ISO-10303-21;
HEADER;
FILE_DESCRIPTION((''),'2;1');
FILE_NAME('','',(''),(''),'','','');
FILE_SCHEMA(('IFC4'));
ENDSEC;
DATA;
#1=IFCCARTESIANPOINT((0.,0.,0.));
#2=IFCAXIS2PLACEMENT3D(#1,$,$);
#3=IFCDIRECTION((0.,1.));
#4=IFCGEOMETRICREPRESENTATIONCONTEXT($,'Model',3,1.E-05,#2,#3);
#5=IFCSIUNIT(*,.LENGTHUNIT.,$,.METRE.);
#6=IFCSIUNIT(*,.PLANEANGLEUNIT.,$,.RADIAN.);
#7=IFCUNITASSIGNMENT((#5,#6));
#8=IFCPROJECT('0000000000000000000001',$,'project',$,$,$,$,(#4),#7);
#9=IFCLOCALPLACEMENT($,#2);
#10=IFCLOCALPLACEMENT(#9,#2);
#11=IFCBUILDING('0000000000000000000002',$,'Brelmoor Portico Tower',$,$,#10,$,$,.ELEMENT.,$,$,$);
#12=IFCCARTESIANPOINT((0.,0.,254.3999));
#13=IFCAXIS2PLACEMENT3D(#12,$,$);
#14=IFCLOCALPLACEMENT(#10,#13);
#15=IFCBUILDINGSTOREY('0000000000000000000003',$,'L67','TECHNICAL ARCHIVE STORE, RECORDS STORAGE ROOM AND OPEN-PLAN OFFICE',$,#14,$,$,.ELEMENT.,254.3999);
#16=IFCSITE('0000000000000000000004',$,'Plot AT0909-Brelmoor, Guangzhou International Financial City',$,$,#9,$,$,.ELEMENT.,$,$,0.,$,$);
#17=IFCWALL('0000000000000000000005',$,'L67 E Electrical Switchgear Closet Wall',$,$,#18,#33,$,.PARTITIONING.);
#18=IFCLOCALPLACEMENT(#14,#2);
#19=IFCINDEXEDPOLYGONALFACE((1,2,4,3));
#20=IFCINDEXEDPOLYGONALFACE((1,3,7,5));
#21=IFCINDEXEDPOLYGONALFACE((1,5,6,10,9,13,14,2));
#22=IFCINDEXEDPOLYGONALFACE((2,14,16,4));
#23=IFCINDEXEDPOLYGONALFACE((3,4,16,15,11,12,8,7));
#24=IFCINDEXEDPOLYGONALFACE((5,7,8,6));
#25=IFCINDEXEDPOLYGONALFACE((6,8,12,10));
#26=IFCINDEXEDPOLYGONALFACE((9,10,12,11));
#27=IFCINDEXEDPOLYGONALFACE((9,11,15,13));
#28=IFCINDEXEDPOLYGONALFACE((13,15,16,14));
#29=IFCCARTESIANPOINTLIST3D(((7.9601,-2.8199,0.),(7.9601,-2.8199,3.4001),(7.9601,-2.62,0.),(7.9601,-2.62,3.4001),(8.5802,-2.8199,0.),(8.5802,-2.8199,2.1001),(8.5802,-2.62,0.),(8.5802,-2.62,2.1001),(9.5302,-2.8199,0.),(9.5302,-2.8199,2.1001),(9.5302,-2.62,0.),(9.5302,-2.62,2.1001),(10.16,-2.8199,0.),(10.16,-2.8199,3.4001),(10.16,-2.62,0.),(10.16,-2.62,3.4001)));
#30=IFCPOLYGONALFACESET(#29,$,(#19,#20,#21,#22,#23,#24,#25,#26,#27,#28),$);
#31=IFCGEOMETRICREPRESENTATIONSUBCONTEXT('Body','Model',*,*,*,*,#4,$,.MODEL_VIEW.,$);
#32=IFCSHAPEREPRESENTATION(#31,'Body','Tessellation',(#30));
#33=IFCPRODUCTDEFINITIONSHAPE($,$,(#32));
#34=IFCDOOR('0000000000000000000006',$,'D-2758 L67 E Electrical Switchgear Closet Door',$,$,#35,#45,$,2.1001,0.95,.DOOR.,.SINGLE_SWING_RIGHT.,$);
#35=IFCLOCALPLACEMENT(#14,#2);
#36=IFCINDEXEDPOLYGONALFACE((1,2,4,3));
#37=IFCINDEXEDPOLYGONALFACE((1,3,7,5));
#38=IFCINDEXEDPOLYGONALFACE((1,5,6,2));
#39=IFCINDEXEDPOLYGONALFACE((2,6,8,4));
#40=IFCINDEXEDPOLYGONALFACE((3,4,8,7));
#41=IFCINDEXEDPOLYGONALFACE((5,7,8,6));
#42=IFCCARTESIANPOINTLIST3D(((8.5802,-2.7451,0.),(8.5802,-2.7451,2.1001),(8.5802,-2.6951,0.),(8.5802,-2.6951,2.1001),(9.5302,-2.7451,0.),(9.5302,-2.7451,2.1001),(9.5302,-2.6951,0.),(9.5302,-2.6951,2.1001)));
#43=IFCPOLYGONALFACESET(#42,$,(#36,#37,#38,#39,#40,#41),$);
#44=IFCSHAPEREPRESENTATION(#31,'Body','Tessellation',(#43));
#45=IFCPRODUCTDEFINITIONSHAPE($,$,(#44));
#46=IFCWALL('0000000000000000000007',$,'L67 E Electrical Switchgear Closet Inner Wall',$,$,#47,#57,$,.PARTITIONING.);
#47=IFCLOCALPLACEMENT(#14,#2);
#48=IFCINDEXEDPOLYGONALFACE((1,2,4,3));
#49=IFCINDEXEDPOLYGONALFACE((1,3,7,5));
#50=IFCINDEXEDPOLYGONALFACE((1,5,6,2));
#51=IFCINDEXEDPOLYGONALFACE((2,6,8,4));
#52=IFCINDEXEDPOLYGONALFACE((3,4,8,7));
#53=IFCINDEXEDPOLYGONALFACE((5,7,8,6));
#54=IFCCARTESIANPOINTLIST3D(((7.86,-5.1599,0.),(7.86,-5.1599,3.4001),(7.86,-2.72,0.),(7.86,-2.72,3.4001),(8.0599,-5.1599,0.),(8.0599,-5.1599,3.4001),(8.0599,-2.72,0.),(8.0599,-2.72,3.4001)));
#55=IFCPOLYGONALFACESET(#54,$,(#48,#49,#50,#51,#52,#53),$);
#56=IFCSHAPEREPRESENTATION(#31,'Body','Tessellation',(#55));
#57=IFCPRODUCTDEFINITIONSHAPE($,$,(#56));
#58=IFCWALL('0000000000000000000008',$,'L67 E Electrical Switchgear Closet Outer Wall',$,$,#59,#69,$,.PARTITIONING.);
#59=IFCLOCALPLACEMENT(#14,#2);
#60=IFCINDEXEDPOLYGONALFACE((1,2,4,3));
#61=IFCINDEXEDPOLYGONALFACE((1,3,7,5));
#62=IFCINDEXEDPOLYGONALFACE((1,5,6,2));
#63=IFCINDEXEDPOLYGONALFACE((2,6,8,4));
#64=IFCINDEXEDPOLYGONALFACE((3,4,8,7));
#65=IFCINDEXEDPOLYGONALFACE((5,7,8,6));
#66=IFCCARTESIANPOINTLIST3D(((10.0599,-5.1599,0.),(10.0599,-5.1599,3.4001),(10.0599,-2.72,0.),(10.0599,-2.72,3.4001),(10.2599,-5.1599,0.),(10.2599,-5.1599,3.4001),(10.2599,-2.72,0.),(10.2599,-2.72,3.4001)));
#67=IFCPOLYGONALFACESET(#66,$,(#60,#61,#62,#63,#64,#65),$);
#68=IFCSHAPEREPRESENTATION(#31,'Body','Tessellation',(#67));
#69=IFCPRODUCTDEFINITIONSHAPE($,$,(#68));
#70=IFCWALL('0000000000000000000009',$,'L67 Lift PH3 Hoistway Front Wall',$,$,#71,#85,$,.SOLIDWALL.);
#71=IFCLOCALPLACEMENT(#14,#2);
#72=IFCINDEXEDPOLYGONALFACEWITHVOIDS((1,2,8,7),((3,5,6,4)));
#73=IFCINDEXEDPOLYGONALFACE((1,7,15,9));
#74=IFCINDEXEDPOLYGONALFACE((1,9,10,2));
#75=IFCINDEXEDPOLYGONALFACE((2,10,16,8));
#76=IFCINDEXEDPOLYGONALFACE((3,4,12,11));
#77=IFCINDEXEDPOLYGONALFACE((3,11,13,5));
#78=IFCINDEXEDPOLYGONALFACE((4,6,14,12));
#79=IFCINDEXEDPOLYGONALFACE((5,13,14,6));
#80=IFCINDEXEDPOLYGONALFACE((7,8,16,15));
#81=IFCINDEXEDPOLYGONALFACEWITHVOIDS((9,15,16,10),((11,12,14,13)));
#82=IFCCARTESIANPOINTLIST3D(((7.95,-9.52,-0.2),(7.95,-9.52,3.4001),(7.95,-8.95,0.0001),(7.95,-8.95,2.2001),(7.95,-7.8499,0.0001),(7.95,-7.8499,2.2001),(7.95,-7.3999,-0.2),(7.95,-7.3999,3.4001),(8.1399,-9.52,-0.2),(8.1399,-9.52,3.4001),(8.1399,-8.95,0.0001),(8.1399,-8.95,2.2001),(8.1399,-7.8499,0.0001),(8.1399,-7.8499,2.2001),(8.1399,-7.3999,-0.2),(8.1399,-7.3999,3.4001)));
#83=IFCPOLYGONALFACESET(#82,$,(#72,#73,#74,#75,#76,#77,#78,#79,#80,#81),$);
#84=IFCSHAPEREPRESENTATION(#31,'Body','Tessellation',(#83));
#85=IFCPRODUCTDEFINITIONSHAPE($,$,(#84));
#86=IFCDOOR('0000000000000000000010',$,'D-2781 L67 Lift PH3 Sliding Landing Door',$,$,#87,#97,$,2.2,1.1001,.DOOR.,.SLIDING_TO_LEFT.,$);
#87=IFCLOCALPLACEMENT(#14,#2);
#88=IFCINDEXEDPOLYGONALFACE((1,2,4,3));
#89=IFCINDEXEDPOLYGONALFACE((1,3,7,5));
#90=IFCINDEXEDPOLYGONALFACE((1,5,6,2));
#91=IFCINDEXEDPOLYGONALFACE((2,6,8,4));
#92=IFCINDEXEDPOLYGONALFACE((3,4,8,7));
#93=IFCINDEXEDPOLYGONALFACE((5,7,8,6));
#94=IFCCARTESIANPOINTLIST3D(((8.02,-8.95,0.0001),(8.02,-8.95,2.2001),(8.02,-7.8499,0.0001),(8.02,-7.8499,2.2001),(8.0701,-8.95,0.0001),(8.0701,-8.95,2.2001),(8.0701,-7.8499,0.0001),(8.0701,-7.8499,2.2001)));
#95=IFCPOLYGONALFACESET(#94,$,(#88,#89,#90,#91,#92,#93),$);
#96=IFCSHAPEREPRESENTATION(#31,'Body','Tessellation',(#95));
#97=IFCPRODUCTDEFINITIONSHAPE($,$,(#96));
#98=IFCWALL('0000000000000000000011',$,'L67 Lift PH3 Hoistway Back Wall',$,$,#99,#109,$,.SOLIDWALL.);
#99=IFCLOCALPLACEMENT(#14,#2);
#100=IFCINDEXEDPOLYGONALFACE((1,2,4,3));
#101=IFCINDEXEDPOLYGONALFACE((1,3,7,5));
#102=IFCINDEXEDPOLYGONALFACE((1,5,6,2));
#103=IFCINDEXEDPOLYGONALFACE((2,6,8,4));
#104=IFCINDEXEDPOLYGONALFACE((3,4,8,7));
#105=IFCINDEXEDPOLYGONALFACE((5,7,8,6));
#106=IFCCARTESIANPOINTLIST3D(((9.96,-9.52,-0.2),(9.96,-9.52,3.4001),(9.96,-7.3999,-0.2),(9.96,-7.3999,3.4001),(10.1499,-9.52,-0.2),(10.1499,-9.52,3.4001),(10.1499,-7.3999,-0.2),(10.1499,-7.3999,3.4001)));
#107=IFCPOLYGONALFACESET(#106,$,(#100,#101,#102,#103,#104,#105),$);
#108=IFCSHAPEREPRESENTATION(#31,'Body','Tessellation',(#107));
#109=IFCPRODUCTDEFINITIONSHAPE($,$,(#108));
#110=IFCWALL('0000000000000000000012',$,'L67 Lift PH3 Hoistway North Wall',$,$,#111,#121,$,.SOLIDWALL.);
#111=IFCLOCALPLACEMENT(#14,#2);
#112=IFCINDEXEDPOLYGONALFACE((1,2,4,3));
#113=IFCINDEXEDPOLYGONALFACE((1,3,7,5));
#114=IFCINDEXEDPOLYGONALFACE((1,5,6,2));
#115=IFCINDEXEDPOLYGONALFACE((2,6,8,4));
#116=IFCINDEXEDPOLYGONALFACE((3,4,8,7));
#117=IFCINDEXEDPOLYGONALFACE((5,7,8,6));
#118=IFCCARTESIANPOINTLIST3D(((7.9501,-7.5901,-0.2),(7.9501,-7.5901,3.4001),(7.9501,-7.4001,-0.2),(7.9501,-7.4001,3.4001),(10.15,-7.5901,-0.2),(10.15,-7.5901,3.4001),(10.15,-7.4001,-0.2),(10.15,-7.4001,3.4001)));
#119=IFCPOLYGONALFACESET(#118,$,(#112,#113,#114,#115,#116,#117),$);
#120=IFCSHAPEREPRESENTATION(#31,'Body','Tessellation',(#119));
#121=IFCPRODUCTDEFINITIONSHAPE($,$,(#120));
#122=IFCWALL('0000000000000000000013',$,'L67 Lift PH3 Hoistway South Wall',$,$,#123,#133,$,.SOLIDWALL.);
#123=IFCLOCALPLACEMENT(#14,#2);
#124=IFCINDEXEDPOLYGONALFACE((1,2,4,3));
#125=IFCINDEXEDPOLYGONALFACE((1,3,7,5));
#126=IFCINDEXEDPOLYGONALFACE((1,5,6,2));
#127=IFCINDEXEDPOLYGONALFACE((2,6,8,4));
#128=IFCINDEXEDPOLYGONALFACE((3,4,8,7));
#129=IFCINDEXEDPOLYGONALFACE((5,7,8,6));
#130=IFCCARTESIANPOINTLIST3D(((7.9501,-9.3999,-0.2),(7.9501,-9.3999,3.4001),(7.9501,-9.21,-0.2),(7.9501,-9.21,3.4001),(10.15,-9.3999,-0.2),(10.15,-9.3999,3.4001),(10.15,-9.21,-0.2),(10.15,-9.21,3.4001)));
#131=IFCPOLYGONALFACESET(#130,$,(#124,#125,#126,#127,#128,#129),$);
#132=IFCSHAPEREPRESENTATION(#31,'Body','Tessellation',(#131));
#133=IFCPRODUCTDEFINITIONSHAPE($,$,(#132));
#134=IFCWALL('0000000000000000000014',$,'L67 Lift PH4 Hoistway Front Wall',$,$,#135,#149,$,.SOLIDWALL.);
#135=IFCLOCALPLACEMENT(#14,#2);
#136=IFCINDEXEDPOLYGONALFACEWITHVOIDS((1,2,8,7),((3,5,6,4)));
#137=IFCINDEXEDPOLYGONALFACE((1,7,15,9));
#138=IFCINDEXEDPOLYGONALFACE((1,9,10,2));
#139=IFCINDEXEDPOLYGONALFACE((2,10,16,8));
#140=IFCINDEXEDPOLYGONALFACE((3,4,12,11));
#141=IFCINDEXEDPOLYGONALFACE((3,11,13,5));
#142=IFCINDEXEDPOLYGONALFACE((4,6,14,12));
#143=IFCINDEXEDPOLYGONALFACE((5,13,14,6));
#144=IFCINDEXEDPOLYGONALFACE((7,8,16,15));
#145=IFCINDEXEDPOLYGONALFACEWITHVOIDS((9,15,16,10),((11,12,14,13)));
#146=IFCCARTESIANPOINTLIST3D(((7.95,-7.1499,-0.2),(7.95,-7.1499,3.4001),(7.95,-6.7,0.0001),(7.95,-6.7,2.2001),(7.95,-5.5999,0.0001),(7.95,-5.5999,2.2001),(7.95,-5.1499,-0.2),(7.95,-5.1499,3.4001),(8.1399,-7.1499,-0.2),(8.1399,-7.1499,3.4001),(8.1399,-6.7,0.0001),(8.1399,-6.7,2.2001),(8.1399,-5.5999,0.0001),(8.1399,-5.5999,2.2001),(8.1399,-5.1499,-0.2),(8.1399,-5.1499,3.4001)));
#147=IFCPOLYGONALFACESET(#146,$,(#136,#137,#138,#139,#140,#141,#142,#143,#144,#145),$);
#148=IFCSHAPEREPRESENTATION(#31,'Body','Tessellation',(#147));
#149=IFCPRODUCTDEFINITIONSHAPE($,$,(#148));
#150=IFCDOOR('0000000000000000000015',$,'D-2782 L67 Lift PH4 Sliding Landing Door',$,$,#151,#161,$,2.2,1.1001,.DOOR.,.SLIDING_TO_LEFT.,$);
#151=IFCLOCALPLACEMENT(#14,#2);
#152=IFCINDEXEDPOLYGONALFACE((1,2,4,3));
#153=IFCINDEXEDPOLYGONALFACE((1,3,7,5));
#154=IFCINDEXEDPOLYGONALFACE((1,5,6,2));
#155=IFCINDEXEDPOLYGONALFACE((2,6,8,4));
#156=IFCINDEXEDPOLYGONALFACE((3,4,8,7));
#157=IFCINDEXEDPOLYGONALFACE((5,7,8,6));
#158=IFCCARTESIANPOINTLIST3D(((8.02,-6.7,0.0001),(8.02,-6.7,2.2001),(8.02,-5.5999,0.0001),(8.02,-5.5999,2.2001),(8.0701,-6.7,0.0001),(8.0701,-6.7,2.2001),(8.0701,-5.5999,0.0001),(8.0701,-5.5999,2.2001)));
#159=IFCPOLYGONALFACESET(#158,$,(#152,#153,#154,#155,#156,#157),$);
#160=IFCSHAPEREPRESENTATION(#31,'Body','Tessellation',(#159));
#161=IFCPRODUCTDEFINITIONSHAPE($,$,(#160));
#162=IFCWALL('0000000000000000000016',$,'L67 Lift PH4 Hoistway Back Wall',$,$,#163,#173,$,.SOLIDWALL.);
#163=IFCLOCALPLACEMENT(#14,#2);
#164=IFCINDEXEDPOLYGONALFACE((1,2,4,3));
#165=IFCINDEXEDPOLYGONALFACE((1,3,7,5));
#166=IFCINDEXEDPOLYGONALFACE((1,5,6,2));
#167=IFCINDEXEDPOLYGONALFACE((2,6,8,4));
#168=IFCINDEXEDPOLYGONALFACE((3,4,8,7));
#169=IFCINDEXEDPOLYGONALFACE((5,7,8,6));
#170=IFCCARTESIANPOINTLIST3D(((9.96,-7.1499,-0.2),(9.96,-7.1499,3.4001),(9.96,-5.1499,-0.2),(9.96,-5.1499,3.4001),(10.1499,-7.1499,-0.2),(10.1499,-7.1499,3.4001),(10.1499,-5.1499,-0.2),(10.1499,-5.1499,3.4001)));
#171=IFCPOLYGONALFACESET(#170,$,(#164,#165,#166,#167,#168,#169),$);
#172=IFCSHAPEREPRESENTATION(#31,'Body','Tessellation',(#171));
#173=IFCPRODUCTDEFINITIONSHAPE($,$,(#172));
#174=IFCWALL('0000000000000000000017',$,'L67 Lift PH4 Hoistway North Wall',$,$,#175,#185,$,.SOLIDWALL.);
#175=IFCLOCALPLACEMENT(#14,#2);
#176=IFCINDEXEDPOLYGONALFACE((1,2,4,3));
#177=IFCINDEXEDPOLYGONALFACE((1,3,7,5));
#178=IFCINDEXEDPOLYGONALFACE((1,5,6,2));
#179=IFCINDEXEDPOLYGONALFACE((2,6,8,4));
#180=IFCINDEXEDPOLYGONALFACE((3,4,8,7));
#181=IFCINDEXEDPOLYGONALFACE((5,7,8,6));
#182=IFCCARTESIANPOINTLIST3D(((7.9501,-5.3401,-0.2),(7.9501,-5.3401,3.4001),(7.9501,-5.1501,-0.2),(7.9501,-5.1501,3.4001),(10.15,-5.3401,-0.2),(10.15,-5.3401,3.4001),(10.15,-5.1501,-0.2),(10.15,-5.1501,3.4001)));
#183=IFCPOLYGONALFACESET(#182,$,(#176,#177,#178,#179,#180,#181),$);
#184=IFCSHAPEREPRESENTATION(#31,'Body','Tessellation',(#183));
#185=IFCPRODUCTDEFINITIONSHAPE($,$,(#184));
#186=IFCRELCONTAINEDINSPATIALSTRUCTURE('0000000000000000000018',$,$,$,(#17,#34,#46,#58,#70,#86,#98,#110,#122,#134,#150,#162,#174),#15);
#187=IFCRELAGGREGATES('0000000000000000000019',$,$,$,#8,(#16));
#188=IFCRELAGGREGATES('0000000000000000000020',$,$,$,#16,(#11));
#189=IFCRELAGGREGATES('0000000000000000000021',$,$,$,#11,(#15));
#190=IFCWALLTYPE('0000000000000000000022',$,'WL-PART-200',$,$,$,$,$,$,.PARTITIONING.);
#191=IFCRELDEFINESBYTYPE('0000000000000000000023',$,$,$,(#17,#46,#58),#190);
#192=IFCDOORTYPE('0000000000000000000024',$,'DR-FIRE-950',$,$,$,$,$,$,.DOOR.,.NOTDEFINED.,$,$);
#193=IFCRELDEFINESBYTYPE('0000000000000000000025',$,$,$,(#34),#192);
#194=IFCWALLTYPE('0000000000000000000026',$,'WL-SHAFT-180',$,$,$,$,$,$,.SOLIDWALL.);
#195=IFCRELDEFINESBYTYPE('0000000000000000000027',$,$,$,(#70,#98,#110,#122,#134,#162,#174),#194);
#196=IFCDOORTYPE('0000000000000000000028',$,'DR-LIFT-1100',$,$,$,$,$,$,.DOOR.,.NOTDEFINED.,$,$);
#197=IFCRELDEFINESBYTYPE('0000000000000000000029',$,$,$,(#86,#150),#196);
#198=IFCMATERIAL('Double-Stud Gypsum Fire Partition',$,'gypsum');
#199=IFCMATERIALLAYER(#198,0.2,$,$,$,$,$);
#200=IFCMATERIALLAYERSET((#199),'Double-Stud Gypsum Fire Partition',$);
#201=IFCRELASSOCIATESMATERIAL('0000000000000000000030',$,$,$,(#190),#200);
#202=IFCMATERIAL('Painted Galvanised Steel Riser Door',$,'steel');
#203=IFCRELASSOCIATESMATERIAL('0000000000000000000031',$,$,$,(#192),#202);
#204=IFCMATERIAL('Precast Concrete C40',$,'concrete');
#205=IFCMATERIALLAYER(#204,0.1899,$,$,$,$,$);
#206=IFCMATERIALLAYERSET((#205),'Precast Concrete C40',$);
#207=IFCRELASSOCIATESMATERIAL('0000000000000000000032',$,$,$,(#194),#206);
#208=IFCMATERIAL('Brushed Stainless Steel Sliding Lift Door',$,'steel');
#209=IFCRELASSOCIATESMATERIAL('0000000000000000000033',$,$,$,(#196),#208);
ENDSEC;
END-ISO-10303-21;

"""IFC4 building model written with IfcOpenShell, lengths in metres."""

from ifc_helpers import new_model, si_unit, direction, frame, frame_2d, origin, place, context, subcontext, project, spatial, rectangle, extrude, material, layer, layer_set, type_object, element, fill, save


model = new_model("IFC4")

# Units and contexts
model_context = context("Model", 3, precision=1e-05, world=origin(), true_north=direction((0.0, 1.0)))
body_context = subcontext(model_context, "Body", "Model", "MODEL_VIEW")
ifc_project = project(units=[si_unit("LENGTHUNIT", "METRE"), si_unit("PLANEANGLEUNIT", "RADIAN")], contexts=[model_context])

# Site, building, storey
site_placement = place(None, origin())
site = spatial("IfcSite", under=ifc_project, at=site_placement, Name="Plot AT0909-Brelmoor, Guangzhou International Financial City", CompositionType="ELEMENT", RefElevation=0.0)
building_placement = place(site_placement, origin())
building = spatial("IfcBuilding", under=site, at=building_placement, Name="Brelmoor Portico Tower", CompositionType="ELEMENT")
storey_placement = place(building_placement, frame((0.0, 0.0, 254.3999)))
storey = spatial("IfcBuildingStorey", under=building, at=storey_placement, Name="L67", Description="TECHNICAL ARCHIVE STORE, RECORDS STORAGE ROOM AND OPEN-PLAN OFFICE", CompositionType="ELEMENT", Elevation=254.3999)

# Shared definitions
ifc_material_1 = material(Name="Double-Stud Gypsum Fire Partition", Category="gypsum")
ifc_layer_1 = layer(ifc_material_1, 0.2)
ifc_layer_set_1 = layer_set([ifc_layer_1], Name="Double-Stud Gypsum Fire Partition")
wall_type_1 = type_object("IfcWallType", Name="WL-PART-200", PredefinedType="PARTITIONING", material=ifc_layer_set_1)

# Wall, opening, door
wall_1_placement = place(storey_placement, frame((7.96, -2.72, 0.0), z_axis=(0.0, 0.0, 1.0), x_axis=(1.0, 0.0, 0.0)))
wall_1 = element("IfcWall", 1, at=wall_1_placement, inside=storey, type_object=wall_type_1, Name="L67 E Electrical Switchgear Closet Wall", PredefinedType="PARTITIONING", context=body_context, shape_type="SweptSolid", body=[
    extrude(rectangle(XDim=2.2, YDim=0.2, at=frame_2d((1.1001, 0.0))), origin(), (0.0, 0.0, 1.0), 3.4001),
])
opening_1_placement = place(wall_1_placement, frame((0.6201, 0.0, 0.0)))
opening_1 = element("IfcOpeningElement", 2, at=opening_1_placement, cuts=wall_1, PredefinedType="OPENING", context=body_context, shape_type="SweptSolid", body=[
    extrude(rectangle(XDim=0.95, YDim=2.1001, at=frame_2d((0.4751, 1.05))), frame((0.0, 0.1099, 0.0), z_axis=(0.0, -1.0, 0.0), x_axis=(1.0, 0.0, 0.0)), (0.0, 0.0, 1.0), 0.22),
])
ifc_material_2 = material(Name="Painted Galvanised Steel Riser Door", Category="steel")
door_type_1 = type_object("IfcDoorType", Name="DR-FIRE-950", OperationType="NOTDEFINED", PredefinedType="DOOR", material=ifc_material_2)
door_1_placement = place(opening_1_placement, origin())
door_1 = element("IfcDoor", 3, at=door_1_placement, inside=storey, type_object=door_type_1, Name="D-2758 L67 E Electrical Switchgear Closet Door", OperationType="SINGLE_SWING_RIGHT", OverallHeight=2.1001, OverallWidth=0.95, PredefinedType="DOOR", context=body_context, shape_type="SweptSolid", body=[
    extrude(rectangle(XDim=0.95, YDim=2.1001, at=frame_2d((0.4751, 1.05))), frame((0.0, 0.0249, 0.0), z_axis=(0.0, -1.0, 0.0), x_axis=(1.0, 0.0, 0.0)), (0.0, 0.0, 1.0), 0.05),
])
fill(opening_1, door_1)

# Walls
for number, where, z_axis, x_axis, name in (
    (4, (7.96, -5.1599, 0.0), (0.0, 0.0, 1.0), (0.0, 1.0, 0.0), "L67 E Electrical Switchgear Closet Inner Wall"),
    (5, (10.1599, -5.1599, 0.0), (0.0, 0.0, 1.0), (0.0, 1.0, 0.0), "L67 E Electrical Switchgear Closet Outer Wall"),
):
    element("IfcWall", number, at=place(storey_placement, frame(where, z_axis=z_axis, x_axis=x_axis)), inside=storey, type_object=wall_type_1, Name=name, PredefinedType="PARTITIONING", context=body_context, shape_type="SweptSolid", body=[
        extrude(rectangle(XDim=2.4399, YDim=0.2, at=frame_2d((1.22, 0.0))), origin(), (0.0, 0.0, 1.0), 3.4001),
    ])

# Wall, opening, door
ifc_material_3 = material(Name="Precast Concrete C40", Category="concrete")
ifc_layer_2 = layer(ifc_material_3, 0.1899)
ifc_layer_set_2 = layer_set([ifc_layer_2], Name="Precast Concrete C40")
wall_type_2 = type_object("IfcWallType", Name="WL-SHAFT-180", PredefinedType="SOLIDWALL", material=ifc_layer_set_2)
wall_2_placement = place(storey_placement, frame((8.0449, -9.52, -0.2), z_axis=(0.0, 0.0, 1.0), x_axis=(0.0, 1.0, 0.0)))
wall_2 = element("IfcWall", 6, at=wall_2_placement, inside=storey, type_object=wall_type_2, Name="L67 Lift PH3 Hoistway Front Wall", PredefinedType="SOLIDWALL", context=body_context, shape_type="SweptSolid", body=[
    extrude(rectangle(XDim=2.1201, YDim=0.1899, at=frame_2d((1.0601, 0.0))), origin(), (0.0, 0.0, 1.0), 3.6001),
])
opening_2_placement = place(wall_2_placement, frame((0.5701, 0.0, 0.2)))
opening_2 = element("IfcOpeningElement", 7, at=opening_2_placement, cuts=wall_2, PredefinedType="OPENING", context=body_context, shape_type="SweptSolid", body=[
    extrude(rectangle(XDim=1.1001, YDim=2.2, at=frame_2d((0.55, 1.1001))), frame((0.0, 0.105, 0.0), z_axis=(0.0, -1.0, 0.0), x_axis=(1.0, 0.0, 0.0)), (0.0, 0.0, 1.0), 0.21),
])
ifc_material_4 = material(Name="Brushed Stainless Steel Sliding Lift Door", Category="steel")
door_type_2 = type_object("IfcDoorType", Name="DR-LIFT-1100", OperationType="NOTDEFINED", PredefinedType="DOOR", material=ifc_material_4)
door_2_placement = place(opening_2_placement, origin())
door_2 = element("IfcDoor", 8, at=door_2_placement, inside=storey, type_object=door_type_2, Name="D-2781 L67 Lift PH3 Sliding Landing Door", OperationType="SLIDING_TO_LEFT", OverallHeight=2.2, OverallWidth=1.1001, PredefinedType="DOOR", context=body_context, shape_type="SweptSolid", body=[
    extrude(rectangle(XDim=1.1001, YDim=2.2, at=frame_2d((0.55, 1.1001))), frame((0.0, 0.0249, 0.0), z_axis=(0.0, -1.0, 0.0), x_axis=(1.0, 0.0, 0.0)), (0.0, 0.0, 1.0), 0.05),
])
fill(opening_2, door_2)

# Walls
wall_3_placement = place(storey_placement, frame((10.0549, -9.52, -0.2), z_axis=(0.0, 0.0, 1.0), x_axis=(0.0, 1.0, 0.0)))
element("IfcWall", 9, at=wall_3_placement, inside=storey, type_object=wall_type_2, Name="L67 Lift PH3 Hoistway Back Wall", PredefinedType="SOLIDWALL", context=body_context, shape_type="SweptSolid", body=[
    extrude(rectangle(XDim=2.1201, YDim=0.1899, at=frame_2d((1.0601, 0.0))), origin(), (0.0, 0.0, 1.0), 3.6001),
])
for number, where, z_axis, x_axis, name in (
    (10, (7.95, -7.4951, -0.2), (0.0, 0.0, 1.0), (1.0, 0.0, 0.0), "L67 Lift PH3 Hoistway North Wall"),
    (11, (7.95, -9.3049, -0.2), (0.0, 0.0, 1.0), (1.0, 0.0, 0.0), "L67 Lift PH3 Hoistway South Wall"),
):
    element("IfcWall", number, at=place(storey_placement, frame(where, z_axis=z_axis, x_axis=x_axis)), inside=storey, type_object=wall_type_2, Name=name, PredefinedType="SOLIDWALL", context=body_context, shape_type="SweptSolid", body=[
        extrude(rectangle(XDim=2.2, YDim=0.1899, at=frame_2d((1.1001, 0.0))), origin(), (0.0, 0.0, 1.0), 3.6001),
    ])

# Wall, opening, door
wall_4_placement = place(storey_placement, frame((8.0449, -7.1499, -0.2), z_axis=(0.0, 0.0, 1.0), x_axis=(0.0, 1.0, 0.0)))
wall_4 = element("IfcWall", 12, at=wall_4_placement, inside=storey, type_object=wall_type_2, Name="L67 Lift PH4 Hoistway Front Wall", PredefinedType="SOLIDWALL", context=body_context, shape_type="SweptSolid", body=[
    extrude(rectangle(XDim=2.0, YDim=0.1899, at=frame_2d((1.0, 0.0))), origin(), (0.0, 0.0, 1.0), 3.6001),
])
opening_3_placement = place(wall_4_placement, frame((0.45, 0.0, 0.2)))
opening_3 = element("IfcOpeningElement", 13, at=opening_3_placement, cuts=wall_4, PredefinedType="OPENING", context=body_context, shape_type="SweptSolid", body=[
    extrude(rectangle(XDim=1.1001, YDim=2.2, at=frame_2d((0.55, 1.1001))), frame((0.0, 0.105, 0.0), z_axis=(0.0, -1.0, 0.0), x_axis=(1.0, 0.0, 0.0)), (0.0, 0.0, 1.0), 0.21),
])
door_3_placement = place(opening_3_placement, origin())
door_3 = element("IfcDoor", 14, at=door_3_placement, inside=storey, type_object=door_type_2, Name="D-2782 L67 Lift PH4 Sliding Landing Door", OperationType="SLIDING_TO_LEFT", OverallHeight=2.2, OverallWidth=1.1001, PredefinedType="DOOR", context=body_context, shape_type="SweptSolid", body=[
    extrude(rectangle(XDim=1.1001, YDim=2.2, at=frame_2d((0.55, 1.1001))), frame((0.0, 0.0249, 0.0), z_axis=(0.0, -1.0, 0.0), x_axis=(1.0, 0.0, 0.0)), (0.0, 0.0, 1.0), 0.05),
])
fill(opening_3, door_3)

# Walls
wall_5_placement = place(storey_placement, frame((10.0549, -7.1499, -0.2), z_axis=(0.0, 0.0, 1.0), x_axis=(0.0, 1.0, 0.0)))
element("IfcWall", 15, at=wall_5_placement, inside=storey, type_object=wall_type_2, Name="L67 Lift PH4 Hoistway Back Wall", PredefinedType="SOLIDWALL", context=body_context, shape_type="SweptSolid", body=[
    extrude(rectangle(XDim=2.0, YDim=0.1899, at=frame_2d((1.0, 0.0))), origin(), (0.0, 0.0, 1.0), 3.6001),
])
for number, where, z_axis, x_axis, name in (
    (16, (7.95, -5.2451, -0.2), (0.0, 0.0, 1.0), (1.0, 0.0, 0.0), "L67 Lift PH4 Hoistway North Wall"),
):
    element("IfcWall", number, at=place(storey_placement, frame(where, z_axis=z_axis, x_axis=x_axis)), inside=storey, type_object=wall_type_2, Name=name, PredefinedType="SOLIDWALL", context=body_context, shape_type="SweptSolid", body=[
        extrude(rectangle(XDim=2.2, YDim=0.1899, at=frame_2d((1.1001, 0.0))), origin(), (0.0, 0.0, 1.0), 3.6001),
    ])

save(model, "model.ifc")
